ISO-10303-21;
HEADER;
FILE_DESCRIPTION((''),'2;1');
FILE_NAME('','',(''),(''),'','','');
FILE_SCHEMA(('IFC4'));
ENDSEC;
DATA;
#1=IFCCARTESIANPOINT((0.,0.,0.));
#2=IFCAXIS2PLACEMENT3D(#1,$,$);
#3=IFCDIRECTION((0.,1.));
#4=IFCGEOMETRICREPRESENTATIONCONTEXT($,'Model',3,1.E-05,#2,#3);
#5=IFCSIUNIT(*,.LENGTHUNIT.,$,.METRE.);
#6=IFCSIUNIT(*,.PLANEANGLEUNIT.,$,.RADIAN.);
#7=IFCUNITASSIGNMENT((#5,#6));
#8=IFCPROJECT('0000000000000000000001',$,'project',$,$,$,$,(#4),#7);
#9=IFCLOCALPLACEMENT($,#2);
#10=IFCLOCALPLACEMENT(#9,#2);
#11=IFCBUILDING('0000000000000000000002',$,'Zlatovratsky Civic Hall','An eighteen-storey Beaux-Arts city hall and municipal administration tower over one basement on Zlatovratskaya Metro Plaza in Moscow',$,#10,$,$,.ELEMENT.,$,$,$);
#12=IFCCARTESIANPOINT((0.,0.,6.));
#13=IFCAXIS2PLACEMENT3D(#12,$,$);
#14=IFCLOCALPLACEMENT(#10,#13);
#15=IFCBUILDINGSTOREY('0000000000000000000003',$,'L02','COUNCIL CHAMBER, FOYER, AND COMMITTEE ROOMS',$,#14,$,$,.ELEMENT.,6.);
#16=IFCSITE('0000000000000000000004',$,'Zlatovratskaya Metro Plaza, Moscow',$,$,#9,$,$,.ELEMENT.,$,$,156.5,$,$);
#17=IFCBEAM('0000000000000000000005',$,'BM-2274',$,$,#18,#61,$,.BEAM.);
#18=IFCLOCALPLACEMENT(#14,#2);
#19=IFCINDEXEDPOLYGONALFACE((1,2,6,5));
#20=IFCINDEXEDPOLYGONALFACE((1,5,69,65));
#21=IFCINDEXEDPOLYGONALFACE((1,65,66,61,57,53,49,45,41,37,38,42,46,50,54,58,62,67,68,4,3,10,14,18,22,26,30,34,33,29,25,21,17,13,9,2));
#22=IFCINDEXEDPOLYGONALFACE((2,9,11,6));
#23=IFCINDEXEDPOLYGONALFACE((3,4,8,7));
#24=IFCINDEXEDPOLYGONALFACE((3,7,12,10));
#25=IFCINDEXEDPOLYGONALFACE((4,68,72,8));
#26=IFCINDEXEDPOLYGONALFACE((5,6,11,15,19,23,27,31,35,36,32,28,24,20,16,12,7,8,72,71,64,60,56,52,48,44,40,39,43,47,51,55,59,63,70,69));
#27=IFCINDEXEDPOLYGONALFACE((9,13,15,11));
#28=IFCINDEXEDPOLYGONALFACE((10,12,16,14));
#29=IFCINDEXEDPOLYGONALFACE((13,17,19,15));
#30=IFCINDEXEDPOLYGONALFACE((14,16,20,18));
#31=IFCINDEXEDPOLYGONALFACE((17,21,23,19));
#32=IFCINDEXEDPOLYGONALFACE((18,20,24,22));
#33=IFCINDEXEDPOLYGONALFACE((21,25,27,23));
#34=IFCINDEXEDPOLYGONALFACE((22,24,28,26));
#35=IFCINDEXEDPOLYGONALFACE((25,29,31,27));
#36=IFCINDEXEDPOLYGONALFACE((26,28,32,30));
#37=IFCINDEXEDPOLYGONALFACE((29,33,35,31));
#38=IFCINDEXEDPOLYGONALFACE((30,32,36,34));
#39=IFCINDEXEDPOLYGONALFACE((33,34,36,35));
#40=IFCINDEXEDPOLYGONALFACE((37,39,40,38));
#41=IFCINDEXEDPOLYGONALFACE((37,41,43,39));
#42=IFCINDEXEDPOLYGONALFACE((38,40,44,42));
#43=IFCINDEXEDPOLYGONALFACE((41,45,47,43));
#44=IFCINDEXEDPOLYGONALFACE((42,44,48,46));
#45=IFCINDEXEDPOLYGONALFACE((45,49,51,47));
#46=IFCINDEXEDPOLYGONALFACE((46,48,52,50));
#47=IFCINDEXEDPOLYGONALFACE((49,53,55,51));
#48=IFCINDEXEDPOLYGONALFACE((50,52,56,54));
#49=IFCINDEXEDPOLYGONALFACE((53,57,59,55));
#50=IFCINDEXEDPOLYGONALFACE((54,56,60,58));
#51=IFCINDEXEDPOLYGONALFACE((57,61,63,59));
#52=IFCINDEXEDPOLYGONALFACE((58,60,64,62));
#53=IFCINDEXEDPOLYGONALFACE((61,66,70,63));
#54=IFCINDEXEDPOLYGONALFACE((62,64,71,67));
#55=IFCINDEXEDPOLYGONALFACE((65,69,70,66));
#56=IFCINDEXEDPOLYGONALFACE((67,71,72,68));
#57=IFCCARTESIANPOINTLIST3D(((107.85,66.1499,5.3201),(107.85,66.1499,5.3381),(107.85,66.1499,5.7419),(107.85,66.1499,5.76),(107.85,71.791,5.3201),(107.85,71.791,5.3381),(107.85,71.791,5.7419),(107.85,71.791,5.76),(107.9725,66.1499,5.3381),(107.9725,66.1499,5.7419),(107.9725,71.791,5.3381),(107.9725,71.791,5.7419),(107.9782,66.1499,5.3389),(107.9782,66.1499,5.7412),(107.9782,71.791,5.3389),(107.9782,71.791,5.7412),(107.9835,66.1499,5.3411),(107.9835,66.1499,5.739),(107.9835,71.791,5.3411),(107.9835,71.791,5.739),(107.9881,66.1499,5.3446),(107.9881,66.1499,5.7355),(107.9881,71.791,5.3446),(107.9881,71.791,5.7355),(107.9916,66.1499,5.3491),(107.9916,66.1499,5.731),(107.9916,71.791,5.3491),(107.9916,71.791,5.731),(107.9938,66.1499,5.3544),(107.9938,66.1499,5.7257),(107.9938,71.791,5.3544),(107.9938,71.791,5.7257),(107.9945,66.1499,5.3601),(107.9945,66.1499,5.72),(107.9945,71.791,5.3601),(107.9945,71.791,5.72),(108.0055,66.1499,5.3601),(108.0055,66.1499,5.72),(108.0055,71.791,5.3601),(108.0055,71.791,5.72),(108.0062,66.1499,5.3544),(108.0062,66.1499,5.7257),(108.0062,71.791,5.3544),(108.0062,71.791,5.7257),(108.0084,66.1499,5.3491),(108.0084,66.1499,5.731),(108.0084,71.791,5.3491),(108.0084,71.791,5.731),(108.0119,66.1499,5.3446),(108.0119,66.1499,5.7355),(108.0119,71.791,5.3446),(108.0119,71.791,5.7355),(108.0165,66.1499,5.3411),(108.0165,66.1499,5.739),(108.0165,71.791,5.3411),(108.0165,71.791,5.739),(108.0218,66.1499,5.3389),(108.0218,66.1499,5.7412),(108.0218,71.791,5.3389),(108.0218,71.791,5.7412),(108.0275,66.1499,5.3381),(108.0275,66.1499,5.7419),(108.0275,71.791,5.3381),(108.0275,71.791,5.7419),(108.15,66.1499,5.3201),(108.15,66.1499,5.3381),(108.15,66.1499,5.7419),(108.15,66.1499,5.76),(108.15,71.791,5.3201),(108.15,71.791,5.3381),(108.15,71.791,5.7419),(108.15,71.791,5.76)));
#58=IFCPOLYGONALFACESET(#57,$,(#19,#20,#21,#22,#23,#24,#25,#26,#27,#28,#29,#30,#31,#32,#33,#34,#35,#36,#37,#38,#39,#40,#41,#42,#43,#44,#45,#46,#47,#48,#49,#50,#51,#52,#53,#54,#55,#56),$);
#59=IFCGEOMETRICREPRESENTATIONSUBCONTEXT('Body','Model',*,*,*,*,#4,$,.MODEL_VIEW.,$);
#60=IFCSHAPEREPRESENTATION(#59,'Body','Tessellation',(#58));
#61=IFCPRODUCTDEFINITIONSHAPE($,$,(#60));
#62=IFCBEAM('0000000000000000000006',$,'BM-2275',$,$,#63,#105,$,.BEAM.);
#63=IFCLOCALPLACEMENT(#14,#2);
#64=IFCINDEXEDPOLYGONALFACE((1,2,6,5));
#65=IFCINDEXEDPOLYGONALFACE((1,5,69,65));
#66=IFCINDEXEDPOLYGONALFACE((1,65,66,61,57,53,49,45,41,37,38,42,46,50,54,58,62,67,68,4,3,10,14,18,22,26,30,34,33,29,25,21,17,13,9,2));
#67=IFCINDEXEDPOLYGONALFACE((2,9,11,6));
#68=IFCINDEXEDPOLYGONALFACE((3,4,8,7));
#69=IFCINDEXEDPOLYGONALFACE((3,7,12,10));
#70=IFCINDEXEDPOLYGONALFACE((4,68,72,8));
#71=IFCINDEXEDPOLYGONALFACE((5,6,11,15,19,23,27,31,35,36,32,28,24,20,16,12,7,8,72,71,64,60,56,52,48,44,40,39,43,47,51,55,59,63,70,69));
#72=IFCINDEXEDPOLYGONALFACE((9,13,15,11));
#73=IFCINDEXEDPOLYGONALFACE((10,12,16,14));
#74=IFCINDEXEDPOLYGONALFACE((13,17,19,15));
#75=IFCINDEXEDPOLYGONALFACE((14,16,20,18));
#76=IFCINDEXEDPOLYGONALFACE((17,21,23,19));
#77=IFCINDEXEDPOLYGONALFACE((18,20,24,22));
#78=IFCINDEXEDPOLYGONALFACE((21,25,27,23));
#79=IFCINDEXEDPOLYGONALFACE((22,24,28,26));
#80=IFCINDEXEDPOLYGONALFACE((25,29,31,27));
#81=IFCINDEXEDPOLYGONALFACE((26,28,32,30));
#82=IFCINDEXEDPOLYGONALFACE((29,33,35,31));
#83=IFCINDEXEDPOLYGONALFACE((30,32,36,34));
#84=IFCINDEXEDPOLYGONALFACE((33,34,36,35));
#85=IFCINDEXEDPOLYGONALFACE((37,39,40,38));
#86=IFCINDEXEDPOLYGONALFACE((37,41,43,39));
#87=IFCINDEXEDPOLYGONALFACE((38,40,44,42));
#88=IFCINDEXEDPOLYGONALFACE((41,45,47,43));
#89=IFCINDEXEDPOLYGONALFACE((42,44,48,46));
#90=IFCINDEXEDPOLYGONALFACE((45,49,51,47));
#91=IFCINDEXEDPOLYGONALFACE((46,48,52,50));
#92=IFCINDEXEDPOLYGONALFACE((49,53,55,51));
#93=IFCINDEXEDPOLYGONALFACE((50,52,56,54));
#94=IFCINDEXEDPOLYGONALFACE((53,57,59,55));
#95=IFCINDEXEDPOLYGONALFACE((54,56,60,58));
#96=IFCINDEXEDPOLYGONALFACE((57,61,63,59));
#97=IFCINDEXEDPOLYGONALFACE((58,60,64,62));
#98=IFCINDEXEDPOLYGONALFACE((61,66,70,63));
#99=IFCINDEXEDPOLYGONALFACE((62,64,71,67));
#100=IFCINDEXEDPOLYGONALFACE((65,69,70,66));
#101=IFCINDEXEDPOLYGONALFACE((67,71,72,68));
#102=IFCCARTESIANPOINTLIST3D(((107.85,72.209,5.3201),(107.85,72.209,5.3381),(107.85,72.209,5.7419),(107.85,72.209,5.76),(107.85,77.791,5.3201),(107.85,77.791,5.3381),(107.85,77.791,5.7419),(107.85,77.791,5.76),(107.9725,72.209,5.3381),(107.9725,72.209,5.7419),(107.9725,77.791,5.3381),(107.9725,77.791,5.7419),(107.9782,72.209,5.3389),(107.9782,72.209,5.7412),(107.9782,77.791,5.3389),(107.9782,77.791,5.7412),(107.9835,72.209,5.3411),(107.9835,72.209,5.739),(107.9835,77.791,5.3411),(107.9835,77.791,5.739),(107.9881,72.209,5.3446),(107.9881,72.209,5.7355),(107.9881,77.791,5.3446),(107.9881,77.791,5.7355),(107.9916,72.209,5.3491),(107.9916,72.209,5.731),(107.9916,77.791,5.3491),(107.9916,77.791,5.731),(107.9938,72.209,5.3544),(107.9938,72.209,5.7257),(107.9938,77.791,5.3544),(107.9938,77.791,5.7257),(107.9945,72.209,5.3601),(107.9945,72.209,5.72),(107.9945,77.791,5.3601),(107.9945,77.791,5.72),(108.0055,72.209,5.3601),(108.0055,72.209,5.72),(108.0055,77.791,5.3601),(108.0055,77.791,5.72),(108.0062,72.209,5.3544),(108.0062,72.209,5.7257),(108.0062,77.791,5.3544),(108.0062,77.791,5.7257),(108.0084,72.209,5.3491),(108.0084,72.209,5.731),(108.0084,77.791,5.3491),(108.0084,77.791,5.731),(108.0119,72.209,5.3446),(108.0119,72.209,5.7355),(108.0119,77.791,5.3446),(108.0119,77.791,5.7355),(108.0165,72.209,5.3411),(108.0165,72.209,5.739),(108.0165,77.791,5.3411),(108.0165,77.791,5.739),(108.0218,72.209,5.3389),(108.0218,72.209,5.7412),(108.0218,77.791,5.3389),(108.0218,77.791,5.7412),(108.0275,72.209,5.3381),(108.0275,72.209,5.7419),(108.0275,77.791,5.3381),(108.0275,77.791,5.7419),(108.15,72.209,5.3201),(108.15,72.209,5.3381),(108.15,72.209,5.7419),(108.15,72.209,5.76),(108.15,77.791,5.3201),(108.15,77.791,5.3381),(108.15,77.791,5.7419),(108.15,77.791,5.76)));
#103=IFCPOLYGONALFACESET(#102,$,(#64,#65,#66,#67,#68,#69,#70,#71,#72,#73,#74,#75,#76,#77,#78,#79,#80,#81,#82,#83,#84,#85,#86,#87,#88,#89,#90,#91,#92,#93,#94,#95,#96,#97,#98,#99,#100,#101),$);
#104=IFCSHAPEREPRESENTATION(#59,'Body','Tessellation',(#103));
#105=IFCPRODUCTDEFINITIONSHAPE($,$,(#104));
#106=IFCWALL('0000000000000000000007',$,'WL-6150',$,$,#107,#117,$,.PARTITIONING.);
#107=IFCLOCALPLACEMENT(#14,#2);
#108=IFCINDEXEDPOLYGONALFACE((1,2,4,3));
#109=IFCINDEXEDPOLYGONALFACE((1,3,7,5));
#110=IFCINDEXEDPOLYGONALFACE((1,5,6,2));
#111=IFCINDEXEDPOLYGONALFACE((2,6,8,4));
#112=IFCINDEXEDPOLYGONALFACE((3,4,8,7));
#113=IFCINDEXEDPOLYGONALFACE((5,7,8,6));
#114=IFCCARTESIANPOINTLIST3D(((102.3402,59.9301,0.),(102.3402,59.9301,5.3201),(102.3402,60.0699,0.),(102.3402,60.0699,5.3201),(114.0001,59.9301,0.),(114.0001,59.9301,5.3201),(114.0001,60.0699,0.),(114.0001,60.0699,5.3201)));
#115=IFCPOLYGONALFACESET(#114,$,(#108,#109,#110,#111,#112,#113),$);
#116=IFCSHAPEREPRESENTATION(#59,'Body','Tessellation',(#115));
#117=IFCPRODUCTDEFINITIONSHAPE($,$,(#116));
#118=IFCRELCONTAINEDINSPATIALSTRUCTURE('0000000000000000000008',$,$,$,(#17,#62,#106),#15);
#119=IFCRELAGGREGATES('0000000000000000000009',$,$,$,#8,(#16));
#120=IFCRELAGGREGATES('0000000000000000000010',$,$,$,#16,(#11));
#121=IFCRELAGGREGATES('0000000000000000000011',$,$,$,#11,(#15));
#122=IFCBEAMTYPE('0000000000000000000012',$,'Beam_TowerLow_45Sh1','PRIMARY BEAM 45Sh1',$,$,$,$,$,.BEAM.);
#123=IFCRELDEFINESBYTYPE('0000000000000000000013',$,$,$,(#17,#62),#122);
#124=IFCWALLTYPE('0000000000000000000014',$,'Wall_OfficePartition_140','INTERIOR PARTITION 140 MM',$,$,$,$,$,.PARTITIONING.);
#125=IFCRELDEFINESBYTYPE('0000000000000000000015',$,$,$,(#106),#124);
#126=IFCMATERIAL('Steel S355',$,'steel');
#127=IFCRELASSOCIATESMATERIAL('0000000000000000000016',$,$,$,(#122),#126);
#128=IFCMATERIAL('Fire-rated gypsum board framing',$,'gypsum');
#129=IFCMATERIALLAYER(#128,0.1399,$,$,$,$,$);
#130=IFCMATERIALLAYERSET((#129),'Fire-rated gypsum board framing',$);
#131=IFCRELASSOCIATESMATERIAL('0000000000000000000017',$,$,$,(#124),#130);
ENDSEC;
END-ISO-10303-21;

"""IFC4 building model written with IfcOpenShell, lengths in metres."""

from ifc_helpers import new_model, si_unit, direction, frame, frame_2d, origin, origin_2d, place, context, subcontext, project, spatial, rectangle, i_section, extrude, material, layer, layer_set, material_profile, profile_set, type_object, element, save


model = new_model("IFC4")

# Units and contexts
model_context = context("Model", 3, precision=1e-05, world=origin(), true_north=direction((0.0, 1.0)))
body_context = subcontext(model_context, "Body", "Model", "MODEL_VIEW")
ifc_project = project(units=[si_unit("LENGTHUNIT", "METRE"), si_unit("PLANEANGLEUNIT", "RADIAN")], contexts=[model_context])

# Site, building, storey
site_placement = place(None, origin())
site = spatial("IfcSite", under=ifc_project, at=site_placement, Name="Zlatovratskaya Metro Plaza, Moscow", CompositionType="ELEMENT", RefElevation=156.5)
building_placement = place(site_placement, origin())
building = spatial("IfcBuilding", under=site, at=building_placement, Name="Zlatovratsky Civic Hall", Description="An eighteen-storey Beaux-Arts city hall and municipal administration tower over one basement on Zlatovratskaya Metro Plaza in Moscow", CompositionType="ELEMENT")
storey_placement = place(building_placement, frame((0.0, 0.0, 6.0)))
storey = spatial("IfcBuildingStorey", under=building, at=storey_placement, Name="L02", Description="COUNCIL CHAMBER, FOYER, AND COMMITTEE ROOMS", CompositionType="ELEMENT", Elevation=6.0)

# Shared definitions
ifc_material_1 = material(Name="Steel S355", Category="steel")

# Beams
ifc_material_profile_1 = material_profile(ifc_material_1, i_section(OverallWidth=0.3, OverallDepth=0.4399, WebThickness=0.011, FlangeThickness=0.0181, FilletRadius=0.022, at=origin_2d()), Name="45Sh1")
ifc_profile_set_1 = profile_set([ifc_material_profile_1], Name="Steel S355")
beam_type = type_object("IfcBeamType", Name="Beam_TowerLow_45Sh1", Description="PRIMARY BEAM 45Sh1", PredefinedType="BEAM", material=ifc_profile_set_1)
beam_1_placement = place(storey_placement, frame((108.0, 66.1499, 5.54), z_axis=(0.0, 1.0, 0.0), x_axis=(-1.0, 0.0, 0.0)))
element("IfcBeam", 1, at=beam_1_placement, inside=storey, type_object=beam_type, Name="BM-2274", PredefinedType="BEAM", context=body_context, shape_type="SweptSolid", body=[
    extrude(i_section(OverallWidth=0.3, OverallDepth=0.4399, WebThickness=0.011, FlangeThickness=0.0181, FilletRadius=0.022, at=origin_2d()), origin(), (0.0, 0.0, 1.0), 5.6411),
])
beam_2_placement = place(storey_placement, frame((108.0, 72.209, 5.54), z_axis=(0.0, 1.0, 0.0), x_axis=(-1.0, 0.0, 0.0)))
element("IfcBeam", 2, at=beam_2_placement, inside=storey, type_object=beam_type, Name="BM-2275", PredefinedType="BEAM", context=body_context, shape_type="SweptSolid", body=[
    extrude(i_section(OverallWidth=0.3, OverallDepth=0.4399, WebThickness=0.011, FlangeThickness=0.0181, FilletRadius=0.022, at=origin_2d()), origin(), (0.0, 0.0, 1.0), 5.582),
])

# Wall
ifc_material_2 = material(Name="Fire-rated gypsum board framing", Category="gypsum")
ifc_layer = layer(ifc_material_2, 0.1399)
ifc_layer_set = layer_set([ifc_layer], Name="Fire-rated gypsum board framing")
wall_type = type_object("IfcWallType", Name="Wall_OfficePartition_140", Description="INTERIOR PARTITION 140 MM", PredefinedType="PARTITIONING", material=ifc_layer_set)
wall_placement = place(storey_placement, frame((102.3401, 60.0, 0.0), z_axis=(0.0, 0.0, 1.0), x_axis=(1.0, 0.0, 0.0)))
element("IfcWall", 3, at=wall_placement, inside=storey, type_object=wall_type, Name="WL-6150", PredefinedType="PARTITIONING", context=body_context, shape_type="SweptSolid", body=[
    extrude(rectangle(XDim=11.6599, YDim=0.1399, at=frame_2d((5.8301, 0.0))), origin(), (0.0, 0.0, 1.0), 5.3201),
])

save(model, "model.ifc")
